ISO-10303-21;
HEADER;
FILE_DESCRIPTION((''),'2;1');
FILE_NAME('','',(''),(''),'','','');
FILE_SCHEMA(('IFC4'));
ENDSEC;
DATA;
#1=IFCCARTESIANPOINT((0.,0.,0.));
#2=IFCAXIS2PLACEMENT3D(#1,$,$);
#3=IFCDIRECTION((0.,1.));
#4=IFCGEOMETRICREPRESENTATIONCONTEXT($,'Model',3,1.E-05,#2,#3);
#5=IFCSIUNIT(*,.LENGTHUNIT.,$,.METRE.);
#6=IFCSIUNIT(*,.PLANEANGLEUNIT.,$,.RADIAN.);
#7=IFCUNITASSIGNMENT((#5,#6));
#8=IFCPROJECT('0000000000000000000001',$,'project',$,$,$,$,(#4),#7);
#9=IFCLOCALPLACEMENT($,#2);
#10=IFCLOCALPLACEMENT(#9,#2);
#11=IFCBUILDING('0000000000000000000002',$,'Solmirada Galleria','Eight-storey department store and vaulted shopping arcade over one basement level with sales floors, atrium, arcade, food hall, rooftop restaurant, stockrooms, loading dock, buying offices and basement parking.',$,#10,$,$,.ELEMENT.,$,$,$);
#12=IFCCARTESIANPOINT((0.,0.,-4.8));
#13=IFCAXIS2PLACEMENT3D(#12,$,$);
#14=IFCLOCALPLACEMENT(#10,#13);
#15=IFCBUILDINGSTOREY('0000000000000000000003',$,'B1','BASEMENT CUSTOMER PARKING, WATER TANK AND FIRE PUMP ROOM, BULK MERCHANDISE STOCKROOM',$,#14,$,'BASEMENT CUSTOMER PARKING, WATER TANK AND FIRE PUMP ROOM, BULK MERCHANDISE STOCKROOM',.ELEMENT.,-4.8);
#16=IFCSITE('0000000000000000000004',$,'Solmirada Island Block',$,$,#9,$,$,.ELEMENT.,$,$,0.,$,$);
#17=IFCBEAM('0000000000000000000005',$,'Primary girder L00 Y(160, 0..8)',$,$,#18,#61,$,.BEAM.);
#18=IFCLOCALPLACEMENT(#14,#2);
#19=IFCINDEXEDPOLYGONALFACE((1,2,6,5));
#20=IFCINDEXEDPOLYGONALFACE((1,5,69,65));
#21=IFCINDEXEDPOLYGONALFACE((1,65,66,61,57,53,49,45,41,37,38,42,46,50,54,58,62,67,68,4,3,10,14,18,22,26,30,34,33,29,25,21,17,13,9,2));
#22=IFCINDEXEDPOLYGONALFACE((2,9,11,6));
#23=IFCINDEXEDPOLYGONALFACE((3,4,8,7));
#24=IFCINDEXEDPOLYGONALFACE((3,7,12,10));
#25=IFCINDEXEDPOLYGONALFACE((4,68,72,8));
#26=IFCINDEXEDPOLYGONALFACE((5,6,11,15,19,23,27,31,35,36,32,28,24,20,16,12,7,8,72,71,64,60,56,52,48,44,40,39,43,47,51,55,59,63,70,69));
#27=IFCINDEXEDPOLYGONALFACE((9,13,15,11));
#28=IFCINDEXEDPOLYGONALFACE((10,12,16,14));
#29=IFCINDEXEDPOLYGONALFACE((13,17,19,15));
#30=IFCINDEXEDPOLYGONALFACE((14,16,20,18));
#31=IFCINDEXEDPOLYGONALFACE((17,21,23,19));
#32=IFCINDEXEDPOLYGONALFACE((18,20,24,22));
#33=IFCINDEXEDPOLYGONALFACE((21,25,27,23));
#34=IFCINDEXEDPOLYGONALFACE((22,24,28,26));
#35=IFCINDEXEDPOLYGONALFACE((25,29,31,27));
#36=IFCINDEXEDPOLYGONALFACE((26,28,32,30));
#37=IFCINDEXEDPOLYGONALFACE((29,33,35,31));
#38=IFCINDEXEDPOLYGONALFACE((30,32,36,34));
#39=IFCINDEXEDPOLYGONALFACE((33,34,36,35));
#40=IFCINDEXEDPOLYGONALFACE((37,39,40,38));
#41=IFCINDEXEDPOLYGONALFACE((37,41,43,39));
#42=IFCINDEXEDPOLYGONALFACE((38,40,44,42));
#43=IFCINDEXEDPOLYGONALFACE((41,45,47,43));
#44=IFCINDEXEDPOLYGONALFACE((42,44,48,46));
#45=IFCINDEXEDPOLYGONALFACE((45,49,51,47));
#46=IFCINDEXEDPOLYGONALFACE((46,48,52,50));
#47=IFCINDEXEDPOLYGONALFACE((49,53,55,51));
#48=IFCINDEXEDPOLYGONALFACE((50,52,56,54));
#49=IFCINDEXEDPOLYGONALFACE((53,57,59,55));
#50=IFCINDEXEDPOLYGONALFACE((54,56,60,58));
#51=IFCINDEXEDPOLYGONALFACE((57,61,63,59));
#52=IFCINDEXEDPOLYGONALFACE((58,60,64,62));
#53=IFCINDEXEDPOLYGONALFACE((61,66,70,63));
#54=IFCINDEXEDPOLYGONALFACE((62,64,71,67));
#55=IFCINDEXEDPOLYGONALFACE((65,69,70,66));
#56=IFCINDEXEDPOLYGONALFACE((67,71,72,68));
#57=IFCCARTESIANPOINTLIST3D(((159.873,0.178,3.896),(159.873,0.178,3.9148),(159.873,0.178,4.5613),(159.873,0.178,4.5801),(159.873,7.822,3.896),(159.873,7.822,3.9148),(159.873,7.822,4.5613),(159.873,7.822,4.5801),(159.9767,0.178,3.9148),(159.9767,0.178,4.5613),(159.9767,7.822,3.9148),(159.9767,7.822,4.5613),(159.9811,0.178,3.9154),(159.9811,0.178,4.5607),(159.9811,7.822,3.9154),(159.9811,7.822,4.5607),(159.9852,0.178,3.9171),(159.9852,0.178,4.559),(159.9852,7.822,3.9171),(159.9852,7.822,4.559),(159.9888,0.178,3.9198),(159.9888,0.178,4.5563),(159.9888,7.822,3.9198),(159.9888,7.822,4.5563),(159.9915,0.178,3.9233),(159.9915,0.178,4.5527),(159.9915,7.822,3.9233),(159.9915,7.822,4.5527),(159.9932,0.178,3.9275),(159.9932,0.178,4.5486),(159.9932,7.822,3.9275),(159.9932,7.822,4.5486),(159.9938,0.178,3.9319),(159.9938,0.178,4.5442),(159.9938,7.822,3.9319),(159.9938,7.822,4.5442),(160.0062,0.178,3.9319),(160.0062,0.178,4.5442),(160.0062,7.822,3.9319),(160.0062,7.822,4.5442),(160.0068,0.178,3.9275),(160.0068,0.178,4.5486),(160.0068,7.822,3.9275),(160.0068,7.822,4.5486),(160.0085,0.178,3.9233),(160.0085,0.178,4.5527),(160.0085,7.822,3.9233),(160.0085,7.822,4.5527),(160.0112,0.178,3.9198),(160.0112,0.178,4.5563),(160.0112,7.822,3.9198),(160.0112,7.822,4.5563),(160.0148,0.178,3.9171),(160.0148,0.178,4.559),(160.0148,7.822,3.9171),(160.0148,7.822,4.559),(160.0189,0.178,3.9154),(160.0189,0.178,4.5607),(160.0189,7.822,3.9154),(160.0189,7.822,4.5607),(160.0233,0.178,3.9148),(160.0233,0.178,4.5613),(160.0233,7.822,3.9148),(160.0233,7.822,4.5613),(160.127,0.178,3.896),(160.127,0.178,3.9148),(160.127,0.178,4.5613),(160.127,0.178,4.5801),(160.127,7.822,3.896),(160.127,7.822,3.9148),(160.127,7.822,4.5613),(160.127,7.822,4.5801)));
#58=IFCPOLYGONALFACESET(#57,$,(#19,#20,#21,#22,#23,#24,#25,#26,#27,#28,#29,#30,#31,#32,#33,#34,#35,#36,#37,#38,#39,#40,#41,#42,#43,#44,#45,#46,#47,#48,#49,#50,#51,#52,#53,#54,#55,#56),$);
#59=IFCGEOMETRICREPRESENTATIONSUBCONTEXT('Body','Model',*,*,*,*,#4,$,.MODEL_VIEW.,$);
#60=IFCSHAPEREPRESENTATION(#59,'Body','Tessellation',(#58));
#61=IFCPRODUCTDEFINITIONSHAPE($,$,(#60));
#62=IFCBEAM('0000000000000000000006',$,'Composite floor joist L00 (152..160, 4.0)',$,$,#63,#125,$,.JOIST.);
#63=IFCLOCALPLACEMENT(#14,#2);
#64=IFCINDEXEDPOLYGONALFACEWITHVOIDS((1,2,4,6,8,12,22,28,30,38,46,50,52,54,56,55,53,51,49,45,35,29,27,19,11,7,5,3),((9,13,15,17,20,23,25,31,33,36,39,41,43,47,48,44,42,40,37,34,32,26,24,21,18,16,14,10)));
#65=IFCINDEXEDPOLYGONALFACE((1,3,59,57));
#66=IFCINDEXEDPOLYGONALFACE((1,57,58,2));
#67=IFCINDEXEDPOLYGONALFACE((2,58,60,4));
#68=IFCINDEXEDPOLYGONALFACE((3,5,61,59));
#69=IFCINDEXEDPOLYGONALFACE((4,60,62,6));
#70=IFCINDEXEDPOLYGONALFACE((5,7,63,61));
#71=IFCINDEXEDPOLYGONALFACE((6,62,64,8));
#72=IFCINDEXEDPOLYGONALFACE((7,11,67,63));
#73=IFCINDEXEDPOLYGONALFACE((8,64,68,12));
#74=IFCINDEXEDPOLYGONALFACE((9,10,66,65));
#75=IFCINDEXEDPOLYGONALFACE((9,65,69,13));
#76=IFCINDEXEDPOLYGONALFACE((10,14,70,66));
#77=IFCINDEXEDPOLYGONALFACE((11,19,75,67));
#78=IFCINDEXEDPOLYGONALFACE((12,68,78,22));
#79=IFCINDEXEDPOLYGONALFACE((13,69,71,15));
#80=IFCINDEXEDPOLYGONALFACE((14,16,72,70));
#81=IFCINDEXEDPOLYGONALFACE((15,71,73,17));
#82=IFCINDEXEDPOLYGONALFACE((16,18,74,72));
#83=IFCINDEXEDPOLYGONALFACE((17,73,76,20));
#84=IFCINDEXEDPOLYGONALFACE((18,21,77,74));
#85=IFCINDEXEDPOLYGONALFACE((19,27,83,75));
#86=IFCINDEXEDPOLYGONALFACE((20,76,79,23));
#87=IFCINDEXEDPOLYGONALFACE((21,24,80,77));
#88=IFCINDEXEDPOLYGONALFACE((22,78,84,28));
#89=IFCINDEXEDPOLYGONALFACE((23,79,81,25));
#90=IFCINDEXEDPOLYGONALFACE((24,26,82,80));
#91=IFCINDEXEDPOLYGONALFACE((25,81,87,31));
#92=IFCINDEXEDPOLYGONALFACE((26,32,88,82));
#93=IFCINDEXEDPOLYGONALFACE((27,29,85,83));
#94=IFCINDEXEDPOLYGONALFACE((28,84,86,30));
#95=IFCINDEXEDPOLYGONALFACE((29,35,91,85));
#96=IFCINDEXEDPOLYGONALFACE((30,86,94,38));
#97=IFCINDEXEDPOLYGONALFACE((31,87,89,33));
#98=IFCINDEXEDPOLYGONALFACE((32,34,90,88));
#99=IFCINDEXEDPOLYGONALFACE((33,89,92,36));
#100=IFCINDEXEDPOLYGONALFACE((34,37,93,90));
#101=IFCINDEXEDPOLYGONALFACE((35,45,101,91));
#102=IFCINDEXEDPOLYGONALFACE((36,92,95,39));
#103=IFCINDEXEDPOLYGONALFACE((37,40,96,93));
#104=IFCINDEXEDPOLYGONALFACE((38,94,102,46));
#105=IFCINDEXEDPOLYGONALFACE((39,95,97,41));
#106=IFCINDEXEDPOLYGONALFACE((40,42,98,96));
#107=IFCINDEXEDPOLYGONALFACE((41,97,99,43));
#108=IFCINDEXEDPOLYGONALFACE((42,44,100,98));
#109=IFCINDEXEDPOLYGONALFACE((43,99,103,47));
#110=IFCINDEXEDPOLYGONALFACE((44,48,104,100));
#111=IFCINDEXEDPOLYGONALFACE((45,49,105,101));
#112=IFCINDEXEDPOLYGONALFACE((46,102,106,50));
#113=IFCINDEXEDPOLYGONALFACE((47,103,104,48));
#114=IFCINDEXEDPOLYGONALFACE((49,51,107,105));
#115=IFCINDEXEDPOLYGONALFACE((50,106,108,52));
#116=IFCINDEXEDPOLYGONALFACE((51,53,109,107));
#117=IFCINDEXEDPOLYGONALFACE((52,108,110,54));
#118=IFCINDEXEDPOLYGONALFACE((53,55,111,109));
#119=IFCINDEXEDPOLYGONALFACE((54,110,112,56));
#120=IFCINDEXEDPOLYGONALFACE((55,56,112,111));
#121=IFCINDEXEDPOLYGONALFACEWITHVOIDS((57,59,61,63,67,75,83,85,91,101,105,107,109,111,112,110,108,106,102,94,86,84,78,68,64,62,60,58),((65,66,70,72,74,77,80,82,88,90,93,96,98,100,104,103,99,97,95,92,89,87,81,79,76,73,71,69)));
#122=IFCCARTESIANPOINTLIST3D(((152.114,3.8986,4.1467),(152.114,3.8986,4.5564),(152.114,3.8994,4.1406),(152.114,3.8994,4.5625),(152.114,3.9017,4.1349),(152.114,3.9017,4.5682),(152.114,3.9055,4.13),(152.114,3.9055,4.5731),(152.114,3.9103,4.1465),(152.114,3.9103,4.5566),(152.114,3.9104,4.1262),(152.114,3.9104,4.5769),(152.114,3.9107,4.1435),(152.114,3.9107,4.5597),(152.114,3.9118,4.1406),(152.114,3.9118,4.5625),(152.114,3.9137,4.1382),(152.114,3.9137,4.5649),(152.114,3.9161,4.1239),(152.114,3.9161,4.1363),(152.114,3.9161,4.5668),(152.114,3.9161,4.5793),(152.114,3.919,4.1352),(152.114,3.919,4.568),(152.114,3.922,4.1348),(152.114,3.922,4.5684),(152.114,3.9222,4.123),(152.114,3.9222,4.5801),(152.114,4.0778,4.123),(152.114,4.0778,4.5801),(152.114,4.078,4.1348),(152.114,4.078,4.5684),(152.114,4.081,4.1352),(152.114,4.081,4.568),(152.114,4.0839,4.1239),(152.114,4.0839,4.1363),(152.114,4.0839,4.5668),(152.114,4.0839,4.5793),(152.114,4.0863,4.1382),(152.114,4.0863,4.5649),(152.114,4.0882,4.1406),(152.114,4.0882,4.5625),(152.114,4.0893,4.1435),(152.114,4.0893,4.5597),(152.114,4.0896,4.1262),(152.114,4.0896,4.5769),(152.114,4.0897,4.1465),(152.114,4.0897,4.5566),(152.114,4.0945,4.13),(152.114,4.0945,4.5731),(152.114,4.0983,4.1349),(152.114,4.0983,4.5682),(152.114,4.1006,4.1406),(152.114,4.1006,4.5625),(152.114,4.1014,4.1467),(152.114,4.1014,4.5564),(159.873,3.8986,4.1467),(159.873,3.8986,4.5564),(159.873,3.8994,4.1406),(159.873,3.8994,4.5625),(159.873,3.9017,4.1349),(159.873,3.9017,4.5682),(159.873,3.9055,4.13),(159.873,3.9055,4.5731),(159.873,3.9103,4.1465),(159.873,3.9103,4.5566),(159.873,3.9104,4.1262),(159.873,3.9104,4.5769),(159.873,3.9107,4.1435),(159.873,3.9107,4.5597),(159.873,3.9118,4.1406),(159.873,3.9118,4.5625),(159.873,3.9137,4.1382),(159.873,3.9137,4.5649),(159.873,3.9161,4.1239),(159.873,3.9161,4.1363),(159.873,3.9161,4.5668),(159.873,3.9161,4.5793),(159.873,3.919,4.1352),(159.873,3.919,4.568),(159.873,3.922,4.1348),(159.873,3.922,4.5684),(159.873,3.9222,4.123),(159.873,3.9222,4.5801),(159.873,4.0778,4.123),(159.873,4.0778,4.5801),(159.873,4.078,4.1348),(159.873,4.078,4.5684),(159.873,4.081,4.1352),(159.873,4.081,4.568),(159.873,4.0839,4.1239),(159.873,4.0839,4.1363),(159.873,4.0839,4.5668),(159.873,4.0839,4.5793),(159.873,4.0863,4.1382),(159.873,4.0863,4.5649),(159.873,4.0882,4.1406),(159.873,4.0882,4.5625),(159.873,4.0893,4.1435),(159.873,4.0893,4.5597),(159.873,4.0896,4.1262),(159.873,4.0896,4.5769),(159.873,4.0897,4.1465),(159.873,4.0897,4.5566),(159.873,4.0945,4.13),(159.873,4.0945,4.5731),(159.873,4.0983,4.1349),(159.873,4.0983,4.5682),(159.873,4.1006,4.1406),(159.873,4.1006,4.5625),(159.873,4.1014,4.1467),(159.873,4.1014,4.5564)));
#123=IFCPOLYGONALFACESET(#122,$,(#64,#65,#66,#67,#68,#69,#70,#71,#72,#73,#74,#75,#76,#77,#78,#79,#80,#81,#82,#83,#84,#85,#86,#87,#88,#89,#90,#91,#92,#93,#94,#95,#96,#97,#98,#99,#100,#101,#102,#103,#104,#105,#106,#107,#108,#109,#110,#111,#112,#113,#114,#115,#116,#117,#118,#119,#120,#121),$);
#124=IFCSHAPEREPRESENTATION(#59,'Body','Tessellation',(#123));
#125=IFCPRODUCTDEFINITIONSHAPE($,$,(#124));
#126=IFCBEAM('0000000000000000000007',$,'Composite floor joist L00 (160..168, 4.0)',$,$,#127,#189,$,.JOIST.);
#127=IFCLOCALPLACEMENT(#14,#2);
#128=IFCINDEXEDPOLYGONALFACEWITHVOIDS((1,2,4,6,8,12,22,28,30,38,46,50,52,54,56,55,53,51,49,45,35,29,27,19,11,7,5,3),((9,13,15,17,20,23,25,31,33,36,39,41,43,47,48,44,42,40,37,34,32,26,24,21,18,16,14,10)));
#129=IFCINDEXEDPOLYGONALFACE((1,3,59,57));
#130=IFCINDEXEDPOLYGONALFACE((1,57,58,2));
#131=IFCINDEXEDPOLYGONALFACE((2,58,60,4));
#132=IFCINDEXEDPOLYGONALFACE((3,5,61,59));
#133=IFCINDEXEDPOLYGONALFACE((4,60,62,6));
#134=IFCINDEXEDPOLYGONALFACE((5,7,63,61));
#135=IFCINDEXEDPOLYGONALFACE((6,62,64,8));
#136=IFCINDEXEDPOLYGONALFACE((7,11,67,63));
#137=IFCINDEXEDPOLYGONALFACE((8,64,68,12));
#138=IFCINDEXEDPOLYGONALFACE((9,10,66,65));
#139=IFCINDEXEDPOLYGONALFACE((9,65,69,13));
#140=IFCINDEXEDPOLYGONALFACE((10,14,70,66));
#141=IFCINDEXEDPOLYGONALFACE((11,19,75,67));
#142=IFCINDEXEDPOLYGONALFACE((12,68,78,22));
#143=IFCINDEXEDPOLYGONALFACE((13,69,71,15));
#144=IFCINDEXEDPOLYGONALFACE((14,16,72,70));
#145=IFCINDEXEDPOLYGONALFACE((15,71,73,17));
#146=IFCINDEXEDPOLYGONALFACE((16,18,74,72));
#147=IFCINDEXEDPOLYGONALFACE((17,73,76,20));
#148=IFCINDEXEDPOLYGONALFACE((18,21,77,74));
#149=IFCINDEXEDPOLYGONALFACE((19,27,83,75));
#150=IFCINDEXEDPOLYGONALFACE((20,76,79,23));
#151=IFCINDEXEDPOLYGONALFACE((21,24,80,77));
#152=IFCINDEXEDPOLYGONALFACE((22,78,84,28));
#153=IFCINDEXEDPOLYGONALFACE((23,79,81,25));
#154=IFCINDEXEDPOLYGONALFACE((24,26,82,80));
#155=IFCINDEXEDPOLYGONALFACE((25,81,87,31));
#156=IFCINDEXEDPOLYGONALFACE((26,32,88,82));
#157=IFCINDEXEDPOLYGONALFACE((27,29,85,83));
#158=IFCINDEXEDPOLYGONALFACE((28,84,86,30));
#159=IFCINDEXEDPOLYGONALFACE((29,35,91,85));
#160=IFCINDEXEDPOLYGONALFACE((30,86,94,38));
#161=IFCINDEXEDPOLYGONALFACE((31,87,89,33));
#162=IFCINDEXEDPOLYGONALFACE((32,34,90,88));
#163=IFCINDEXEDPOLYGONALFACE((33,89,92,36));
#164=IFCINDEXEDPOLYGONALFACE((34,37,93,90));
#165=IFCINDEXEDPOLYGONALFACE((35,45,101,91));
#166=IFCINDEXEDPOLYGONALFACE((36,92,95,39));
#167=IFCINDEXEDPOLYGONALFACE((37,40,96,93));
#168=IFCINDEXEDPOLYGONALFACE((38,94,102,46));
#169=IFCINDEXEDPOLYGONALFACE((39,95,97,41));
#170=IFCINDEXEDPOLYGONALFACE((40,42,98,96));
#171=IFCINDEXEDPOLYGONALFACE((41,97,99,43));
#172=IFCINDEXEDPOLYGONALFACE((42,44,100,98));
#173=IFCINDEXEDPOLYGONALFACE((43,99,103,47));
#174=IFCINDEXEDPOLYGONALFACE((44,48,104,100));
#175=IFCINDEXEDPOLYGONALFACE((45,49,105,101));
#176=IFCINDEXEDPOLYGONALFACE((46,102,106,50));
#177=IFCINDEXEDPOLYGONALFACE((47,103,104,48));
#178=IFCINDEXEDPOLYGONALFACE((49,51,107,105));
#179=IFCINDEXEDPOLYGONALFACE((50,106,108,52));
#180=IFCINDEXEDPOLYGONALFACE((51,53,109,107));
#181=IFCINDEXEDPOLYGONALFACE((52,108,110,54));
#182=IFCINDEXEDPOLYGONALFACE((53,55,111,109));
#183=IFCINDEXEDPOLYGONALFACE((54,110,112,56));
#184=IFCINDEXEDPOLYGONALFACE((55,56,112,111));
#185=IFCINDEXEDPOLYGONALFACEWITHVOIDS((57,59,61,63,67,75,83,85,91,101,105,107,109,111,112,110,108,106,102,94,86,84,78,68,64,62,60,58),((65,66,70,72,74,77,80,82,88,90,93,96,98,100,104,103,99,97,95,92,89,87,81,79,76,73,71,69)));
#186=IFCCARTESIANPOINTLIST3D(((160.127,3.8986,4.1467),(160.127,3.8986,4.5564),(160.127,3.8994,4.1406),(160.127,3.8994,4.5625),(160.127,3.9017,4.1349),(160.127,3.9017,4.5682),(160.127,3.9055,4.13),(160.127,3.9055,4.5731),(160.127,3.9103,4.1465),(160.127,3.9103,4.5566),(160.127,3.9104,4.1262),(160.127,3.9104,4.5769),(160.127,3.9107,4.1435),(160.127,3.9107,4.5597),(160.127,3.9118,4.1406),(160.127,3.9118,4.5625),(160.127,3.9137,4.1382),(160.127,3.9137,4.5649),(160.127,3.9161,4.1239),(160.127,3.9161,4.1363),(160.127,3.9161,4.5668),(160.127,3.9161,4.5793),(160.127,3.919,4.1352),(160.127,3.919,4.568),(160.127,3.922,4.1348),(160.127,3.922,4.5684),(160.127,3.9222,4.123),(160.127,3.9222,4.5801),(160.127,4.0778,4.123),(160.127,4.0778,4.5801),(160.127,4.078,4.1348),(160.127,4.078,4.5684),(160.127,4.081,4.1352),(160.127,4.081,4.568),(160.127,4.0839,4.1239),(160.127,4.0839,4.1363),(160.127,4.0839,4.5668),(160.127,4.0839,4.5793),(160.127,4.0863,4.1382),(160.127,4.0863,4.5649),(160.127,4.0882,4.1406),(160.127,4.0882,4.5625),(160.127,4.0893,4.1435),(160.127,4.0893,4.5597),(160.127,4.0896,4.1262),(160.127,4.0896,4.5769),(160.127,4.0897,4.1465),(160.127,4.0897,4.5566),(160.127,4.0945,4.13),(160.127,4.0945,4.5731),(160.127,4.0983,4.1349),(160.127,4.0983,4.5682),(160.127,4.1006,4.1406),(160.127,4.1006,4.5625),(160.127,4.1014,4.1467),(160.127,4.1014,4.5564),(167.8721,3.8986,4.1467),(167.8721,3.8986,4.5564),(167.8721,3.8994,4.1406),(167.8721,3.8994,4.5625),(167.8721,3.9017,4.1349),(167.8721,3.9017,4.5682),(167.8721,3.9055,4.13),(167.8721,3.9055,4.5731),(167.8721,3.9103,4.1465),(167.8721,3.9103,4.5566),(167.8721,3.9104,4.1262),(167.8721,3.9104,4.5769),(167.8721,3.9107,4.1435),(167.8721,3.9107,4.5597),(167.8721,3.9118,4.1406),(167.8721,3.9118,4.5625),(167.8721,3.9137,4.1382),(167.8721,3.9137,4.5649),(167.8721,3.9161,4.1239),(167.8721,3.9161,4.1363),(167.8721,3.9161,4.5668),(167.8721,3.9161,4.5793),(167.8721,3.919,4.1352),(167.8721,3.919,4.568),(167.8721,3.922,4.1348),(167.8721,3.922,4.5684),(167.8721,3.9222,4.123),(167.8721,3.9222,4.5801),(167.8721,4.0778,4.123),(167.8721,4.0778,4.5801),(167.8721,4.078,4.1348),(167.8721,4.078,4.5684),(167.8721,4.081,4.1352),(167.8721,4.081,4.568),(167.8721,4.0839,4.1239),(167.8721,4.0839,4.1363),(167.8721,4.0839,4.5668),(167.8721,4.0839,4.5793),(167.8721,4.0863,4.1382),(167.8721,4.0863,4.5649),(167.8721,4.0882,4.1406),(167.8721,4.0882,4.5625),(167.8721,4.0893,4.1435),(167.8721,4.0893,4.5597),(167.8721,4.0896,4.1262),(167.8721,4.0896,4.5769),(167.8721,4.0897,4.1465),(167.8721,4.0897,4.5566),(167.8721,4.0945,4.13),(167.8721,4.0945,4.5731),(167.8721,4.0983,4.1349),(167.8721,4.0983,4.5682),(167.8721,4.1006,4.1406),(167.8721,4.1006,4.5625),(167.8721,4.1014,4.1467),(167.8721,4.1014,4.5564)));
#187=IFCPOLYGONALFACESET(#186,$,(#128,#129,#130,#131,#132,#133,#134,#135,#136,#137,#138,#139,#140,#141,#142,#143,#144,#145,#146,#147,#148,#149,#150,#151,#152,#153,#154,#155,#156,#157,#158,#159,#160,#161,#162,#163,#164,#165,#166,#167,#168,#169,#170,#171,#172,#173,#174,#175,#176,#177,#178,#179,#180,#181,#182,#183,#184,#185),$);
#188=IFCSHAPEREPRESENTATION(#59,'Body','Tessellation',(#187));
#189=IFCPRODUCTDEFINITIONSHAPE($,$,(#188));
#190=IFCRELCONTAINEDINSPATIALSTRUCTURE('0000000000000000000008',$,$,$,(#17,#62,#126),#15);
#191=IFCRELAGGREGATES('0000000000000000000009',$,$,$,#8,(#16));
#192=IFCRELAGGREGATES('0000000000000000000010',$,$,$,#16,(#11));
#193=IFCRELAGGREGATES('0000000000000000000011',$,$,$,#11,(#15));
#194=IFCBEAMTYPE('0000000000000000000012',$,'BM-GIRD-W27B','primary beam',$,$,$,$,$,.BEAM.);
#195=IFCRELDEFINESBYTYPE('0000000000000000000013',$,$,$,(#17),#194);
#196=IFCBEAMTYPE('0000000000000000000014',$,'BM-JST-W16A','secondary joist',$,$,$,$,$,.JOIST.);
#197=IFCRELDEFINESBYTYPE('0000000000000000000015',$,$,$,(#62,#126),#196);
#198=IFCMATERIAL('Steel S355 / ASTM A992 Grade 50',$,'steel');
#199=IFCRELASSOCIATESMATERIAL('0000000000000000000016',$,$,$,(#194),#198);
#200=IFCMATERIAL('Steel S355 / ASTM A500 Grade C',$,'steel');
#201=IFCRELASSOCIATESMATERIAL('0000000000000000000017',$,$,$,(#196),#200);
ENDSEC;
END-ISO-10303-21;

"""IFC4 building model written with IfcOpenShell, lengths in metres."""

from ifc_helpers import new_model, si_unit, direction, frame, origin, origin_2d, place, context, subcontext, project, spatial, hollow_rectangle, i_section, extrude, material, material_profile, profile_set, type_object, element, save


model = new_model("IFC4")

# Units and contexts
model_context = context("Model", 3, precision=1e-05, world=origin(), true_north=direction((0.0, 1.0)))
body_context = subcontext(model_context, "Body", "Model", "MODEL_VIEW")
ifc_project = project(units=[si_unit("LENGTHUNIT", "METRE"), si_unit("PLANEANGLEUNIT", "RADIAN")], contexts=[model_context])

# Site, building, storey
site_placement = place(None, origin())
site = spatial("IfcSite", under=ifc_project, at=site_placement, Name="Solmirada Island Block", CompositionType="ELEMENT", RefElevation=0.0)
building_placement = place(site_placement, origin())
building = spatial("IfcBuilding", under=site, at=building_placement, Name="Solmirada Galleria", Description="Eight-storey department store and vaulted shopping arcade over one basement level with sales floors, atrium, arcade, food hall, rooftop restaurant, stockrooms, loading dock, buying offices and basement parking.", CompositionType="ELEMENT")
storey_placement = place(building_placement, frame((0.0, 0.0, -4.8)))
storey = spatial("IfcBuildingStorey", under=building, at=storey_placement, Name="B1", Description="BASEMENT CUSTOMER PARKING, WATER TANK AND FIRE PUMP ROOM, BULK MERCHANDISE STOCKROOM", LongName="BASEMENT CUSTOMER PARKING, WATER TANK AND FIRE PUMP ROOM, BULK MERCHANDISE STOCKROOM", CompositionType="ELEMENT", Elevation=-4.8)

# Shared definitions
ifc_material_1 = material(Name="Steel S355 / ASTM A500 Grade C", Category="steel")

# Beams
ifc_material_2 = material(Name="Steel S355 / ASTM A992 Grade 50", Category="steel")
ifc_material_profile_1 = material_profile(ifc_material_2, i_section(OverallWidth=0.2539, OverallDepth=0.6841, WebThickness=0.0125, FlangeThickness=0.0188, FilletRadius=0.0171, at=origin_2d()), Name="W27X94")
ifc_profile_set_1 = profile_set([ifc_material_profile_1], Name="Steel S355 / ASTM A992 Grade 50")
beam_type_1 = type_object("IfcBeamType", Name="BM-GIRD-W27B", Description="primary beam", PredefinedType="BEAM", material=ifc_profile_set_1)
beam_1_placement = place(storey_placement, frame((160.0, 0.178, 4.238), z_axis=(0.0, 1.0, 0.0), x_axis=(-1.0, 0.0, 0.0)))
element("IfcBeam", 1, at=beam_1_placement, inside=storey, type_object=beam_type_1, Name="Primary girder L00 Y(160, 0..8)", PredefinedType="BEAM", context=body_context, shape_type="SweptSolid", body=[
    extrude(i_section(OverallWidth=0.2539, OverallDepth=0.6841, WebThickness=0.0125, FlangeThickness=0.0188, FilletRadius=0.0171, at=origin_2d()), origin(), (0.0, 0.0, 1.0), 7.644),
])
ifc_material_profile_2 = material_profile(ifc_material_1, hollow_rectangle(XDim=0.2029, YDim=0.457, WallThickness=0.0117, InnerFilletRadius=0.0117, OuterFilletRadius=0.0237, at=origin_2d()), Name="HSS18X8X1/2")
ifc_profile_set_2 = profile_set([ifc_material_profile_2], Name="Steel S355 / ASTM A500 Grade C")
beam_type_2 = type_object("IfcBeamType", Name="BM-JST-W16A", Description="secondary joist", PredefinedType="JOIST", material=ifc_profile_set_2)
beam_2_placement = place(storey_placement, frame((152.114, 4.0, 4.3516), z_axis=(1.0, 0.0, 0.0), x_axis=(0.0, 1.0, 0.0)))
element("IfcBeam", 2, at=beam_2_placement, inside=storey, type_object=beam_type_2, Name="Composite floor joist L00 (152..160, 4.0)", PredefinedType="JOIST", context=body_context, shape_type="SweptSolid", body=[
    extrude(hollow_rectangle(XDim=0.2029, YDim=0.457, WallThickness=0.0117, InnerFilletRadius=0.0117, OuterFilletRadius=0.0237, at=origin_2d()), origin(), (0.0, 0.0, 1.0), 7.759),
])
beam_3_placement = place(storey_placement, frame((160.127, 4.0, 4.3516), z_axis=(1.0, 0.0, 0.0), x_axis=(0.0, 1.0, 0.0)))
element("IfcBeam", 3, at=beam_3_placement, inside=storey, type_object=beam_type_2, Name="Composite floor joist L00 (160..168, 4.0)", PredefinedType="JOIST", context=body_context, shape_type="SweptSolid", body=[
    extrude(hollow_rectangle(XDim=0.2029, YDim=0.457, WallThickness=0.0117, InnerFilletRadius=0.0117, OuterFilletRadius=0.0237, at=origin_2d()), origin(), (0.0, 0.0, 1.0), 7.7451),
])

save(model, "model.ifc")
